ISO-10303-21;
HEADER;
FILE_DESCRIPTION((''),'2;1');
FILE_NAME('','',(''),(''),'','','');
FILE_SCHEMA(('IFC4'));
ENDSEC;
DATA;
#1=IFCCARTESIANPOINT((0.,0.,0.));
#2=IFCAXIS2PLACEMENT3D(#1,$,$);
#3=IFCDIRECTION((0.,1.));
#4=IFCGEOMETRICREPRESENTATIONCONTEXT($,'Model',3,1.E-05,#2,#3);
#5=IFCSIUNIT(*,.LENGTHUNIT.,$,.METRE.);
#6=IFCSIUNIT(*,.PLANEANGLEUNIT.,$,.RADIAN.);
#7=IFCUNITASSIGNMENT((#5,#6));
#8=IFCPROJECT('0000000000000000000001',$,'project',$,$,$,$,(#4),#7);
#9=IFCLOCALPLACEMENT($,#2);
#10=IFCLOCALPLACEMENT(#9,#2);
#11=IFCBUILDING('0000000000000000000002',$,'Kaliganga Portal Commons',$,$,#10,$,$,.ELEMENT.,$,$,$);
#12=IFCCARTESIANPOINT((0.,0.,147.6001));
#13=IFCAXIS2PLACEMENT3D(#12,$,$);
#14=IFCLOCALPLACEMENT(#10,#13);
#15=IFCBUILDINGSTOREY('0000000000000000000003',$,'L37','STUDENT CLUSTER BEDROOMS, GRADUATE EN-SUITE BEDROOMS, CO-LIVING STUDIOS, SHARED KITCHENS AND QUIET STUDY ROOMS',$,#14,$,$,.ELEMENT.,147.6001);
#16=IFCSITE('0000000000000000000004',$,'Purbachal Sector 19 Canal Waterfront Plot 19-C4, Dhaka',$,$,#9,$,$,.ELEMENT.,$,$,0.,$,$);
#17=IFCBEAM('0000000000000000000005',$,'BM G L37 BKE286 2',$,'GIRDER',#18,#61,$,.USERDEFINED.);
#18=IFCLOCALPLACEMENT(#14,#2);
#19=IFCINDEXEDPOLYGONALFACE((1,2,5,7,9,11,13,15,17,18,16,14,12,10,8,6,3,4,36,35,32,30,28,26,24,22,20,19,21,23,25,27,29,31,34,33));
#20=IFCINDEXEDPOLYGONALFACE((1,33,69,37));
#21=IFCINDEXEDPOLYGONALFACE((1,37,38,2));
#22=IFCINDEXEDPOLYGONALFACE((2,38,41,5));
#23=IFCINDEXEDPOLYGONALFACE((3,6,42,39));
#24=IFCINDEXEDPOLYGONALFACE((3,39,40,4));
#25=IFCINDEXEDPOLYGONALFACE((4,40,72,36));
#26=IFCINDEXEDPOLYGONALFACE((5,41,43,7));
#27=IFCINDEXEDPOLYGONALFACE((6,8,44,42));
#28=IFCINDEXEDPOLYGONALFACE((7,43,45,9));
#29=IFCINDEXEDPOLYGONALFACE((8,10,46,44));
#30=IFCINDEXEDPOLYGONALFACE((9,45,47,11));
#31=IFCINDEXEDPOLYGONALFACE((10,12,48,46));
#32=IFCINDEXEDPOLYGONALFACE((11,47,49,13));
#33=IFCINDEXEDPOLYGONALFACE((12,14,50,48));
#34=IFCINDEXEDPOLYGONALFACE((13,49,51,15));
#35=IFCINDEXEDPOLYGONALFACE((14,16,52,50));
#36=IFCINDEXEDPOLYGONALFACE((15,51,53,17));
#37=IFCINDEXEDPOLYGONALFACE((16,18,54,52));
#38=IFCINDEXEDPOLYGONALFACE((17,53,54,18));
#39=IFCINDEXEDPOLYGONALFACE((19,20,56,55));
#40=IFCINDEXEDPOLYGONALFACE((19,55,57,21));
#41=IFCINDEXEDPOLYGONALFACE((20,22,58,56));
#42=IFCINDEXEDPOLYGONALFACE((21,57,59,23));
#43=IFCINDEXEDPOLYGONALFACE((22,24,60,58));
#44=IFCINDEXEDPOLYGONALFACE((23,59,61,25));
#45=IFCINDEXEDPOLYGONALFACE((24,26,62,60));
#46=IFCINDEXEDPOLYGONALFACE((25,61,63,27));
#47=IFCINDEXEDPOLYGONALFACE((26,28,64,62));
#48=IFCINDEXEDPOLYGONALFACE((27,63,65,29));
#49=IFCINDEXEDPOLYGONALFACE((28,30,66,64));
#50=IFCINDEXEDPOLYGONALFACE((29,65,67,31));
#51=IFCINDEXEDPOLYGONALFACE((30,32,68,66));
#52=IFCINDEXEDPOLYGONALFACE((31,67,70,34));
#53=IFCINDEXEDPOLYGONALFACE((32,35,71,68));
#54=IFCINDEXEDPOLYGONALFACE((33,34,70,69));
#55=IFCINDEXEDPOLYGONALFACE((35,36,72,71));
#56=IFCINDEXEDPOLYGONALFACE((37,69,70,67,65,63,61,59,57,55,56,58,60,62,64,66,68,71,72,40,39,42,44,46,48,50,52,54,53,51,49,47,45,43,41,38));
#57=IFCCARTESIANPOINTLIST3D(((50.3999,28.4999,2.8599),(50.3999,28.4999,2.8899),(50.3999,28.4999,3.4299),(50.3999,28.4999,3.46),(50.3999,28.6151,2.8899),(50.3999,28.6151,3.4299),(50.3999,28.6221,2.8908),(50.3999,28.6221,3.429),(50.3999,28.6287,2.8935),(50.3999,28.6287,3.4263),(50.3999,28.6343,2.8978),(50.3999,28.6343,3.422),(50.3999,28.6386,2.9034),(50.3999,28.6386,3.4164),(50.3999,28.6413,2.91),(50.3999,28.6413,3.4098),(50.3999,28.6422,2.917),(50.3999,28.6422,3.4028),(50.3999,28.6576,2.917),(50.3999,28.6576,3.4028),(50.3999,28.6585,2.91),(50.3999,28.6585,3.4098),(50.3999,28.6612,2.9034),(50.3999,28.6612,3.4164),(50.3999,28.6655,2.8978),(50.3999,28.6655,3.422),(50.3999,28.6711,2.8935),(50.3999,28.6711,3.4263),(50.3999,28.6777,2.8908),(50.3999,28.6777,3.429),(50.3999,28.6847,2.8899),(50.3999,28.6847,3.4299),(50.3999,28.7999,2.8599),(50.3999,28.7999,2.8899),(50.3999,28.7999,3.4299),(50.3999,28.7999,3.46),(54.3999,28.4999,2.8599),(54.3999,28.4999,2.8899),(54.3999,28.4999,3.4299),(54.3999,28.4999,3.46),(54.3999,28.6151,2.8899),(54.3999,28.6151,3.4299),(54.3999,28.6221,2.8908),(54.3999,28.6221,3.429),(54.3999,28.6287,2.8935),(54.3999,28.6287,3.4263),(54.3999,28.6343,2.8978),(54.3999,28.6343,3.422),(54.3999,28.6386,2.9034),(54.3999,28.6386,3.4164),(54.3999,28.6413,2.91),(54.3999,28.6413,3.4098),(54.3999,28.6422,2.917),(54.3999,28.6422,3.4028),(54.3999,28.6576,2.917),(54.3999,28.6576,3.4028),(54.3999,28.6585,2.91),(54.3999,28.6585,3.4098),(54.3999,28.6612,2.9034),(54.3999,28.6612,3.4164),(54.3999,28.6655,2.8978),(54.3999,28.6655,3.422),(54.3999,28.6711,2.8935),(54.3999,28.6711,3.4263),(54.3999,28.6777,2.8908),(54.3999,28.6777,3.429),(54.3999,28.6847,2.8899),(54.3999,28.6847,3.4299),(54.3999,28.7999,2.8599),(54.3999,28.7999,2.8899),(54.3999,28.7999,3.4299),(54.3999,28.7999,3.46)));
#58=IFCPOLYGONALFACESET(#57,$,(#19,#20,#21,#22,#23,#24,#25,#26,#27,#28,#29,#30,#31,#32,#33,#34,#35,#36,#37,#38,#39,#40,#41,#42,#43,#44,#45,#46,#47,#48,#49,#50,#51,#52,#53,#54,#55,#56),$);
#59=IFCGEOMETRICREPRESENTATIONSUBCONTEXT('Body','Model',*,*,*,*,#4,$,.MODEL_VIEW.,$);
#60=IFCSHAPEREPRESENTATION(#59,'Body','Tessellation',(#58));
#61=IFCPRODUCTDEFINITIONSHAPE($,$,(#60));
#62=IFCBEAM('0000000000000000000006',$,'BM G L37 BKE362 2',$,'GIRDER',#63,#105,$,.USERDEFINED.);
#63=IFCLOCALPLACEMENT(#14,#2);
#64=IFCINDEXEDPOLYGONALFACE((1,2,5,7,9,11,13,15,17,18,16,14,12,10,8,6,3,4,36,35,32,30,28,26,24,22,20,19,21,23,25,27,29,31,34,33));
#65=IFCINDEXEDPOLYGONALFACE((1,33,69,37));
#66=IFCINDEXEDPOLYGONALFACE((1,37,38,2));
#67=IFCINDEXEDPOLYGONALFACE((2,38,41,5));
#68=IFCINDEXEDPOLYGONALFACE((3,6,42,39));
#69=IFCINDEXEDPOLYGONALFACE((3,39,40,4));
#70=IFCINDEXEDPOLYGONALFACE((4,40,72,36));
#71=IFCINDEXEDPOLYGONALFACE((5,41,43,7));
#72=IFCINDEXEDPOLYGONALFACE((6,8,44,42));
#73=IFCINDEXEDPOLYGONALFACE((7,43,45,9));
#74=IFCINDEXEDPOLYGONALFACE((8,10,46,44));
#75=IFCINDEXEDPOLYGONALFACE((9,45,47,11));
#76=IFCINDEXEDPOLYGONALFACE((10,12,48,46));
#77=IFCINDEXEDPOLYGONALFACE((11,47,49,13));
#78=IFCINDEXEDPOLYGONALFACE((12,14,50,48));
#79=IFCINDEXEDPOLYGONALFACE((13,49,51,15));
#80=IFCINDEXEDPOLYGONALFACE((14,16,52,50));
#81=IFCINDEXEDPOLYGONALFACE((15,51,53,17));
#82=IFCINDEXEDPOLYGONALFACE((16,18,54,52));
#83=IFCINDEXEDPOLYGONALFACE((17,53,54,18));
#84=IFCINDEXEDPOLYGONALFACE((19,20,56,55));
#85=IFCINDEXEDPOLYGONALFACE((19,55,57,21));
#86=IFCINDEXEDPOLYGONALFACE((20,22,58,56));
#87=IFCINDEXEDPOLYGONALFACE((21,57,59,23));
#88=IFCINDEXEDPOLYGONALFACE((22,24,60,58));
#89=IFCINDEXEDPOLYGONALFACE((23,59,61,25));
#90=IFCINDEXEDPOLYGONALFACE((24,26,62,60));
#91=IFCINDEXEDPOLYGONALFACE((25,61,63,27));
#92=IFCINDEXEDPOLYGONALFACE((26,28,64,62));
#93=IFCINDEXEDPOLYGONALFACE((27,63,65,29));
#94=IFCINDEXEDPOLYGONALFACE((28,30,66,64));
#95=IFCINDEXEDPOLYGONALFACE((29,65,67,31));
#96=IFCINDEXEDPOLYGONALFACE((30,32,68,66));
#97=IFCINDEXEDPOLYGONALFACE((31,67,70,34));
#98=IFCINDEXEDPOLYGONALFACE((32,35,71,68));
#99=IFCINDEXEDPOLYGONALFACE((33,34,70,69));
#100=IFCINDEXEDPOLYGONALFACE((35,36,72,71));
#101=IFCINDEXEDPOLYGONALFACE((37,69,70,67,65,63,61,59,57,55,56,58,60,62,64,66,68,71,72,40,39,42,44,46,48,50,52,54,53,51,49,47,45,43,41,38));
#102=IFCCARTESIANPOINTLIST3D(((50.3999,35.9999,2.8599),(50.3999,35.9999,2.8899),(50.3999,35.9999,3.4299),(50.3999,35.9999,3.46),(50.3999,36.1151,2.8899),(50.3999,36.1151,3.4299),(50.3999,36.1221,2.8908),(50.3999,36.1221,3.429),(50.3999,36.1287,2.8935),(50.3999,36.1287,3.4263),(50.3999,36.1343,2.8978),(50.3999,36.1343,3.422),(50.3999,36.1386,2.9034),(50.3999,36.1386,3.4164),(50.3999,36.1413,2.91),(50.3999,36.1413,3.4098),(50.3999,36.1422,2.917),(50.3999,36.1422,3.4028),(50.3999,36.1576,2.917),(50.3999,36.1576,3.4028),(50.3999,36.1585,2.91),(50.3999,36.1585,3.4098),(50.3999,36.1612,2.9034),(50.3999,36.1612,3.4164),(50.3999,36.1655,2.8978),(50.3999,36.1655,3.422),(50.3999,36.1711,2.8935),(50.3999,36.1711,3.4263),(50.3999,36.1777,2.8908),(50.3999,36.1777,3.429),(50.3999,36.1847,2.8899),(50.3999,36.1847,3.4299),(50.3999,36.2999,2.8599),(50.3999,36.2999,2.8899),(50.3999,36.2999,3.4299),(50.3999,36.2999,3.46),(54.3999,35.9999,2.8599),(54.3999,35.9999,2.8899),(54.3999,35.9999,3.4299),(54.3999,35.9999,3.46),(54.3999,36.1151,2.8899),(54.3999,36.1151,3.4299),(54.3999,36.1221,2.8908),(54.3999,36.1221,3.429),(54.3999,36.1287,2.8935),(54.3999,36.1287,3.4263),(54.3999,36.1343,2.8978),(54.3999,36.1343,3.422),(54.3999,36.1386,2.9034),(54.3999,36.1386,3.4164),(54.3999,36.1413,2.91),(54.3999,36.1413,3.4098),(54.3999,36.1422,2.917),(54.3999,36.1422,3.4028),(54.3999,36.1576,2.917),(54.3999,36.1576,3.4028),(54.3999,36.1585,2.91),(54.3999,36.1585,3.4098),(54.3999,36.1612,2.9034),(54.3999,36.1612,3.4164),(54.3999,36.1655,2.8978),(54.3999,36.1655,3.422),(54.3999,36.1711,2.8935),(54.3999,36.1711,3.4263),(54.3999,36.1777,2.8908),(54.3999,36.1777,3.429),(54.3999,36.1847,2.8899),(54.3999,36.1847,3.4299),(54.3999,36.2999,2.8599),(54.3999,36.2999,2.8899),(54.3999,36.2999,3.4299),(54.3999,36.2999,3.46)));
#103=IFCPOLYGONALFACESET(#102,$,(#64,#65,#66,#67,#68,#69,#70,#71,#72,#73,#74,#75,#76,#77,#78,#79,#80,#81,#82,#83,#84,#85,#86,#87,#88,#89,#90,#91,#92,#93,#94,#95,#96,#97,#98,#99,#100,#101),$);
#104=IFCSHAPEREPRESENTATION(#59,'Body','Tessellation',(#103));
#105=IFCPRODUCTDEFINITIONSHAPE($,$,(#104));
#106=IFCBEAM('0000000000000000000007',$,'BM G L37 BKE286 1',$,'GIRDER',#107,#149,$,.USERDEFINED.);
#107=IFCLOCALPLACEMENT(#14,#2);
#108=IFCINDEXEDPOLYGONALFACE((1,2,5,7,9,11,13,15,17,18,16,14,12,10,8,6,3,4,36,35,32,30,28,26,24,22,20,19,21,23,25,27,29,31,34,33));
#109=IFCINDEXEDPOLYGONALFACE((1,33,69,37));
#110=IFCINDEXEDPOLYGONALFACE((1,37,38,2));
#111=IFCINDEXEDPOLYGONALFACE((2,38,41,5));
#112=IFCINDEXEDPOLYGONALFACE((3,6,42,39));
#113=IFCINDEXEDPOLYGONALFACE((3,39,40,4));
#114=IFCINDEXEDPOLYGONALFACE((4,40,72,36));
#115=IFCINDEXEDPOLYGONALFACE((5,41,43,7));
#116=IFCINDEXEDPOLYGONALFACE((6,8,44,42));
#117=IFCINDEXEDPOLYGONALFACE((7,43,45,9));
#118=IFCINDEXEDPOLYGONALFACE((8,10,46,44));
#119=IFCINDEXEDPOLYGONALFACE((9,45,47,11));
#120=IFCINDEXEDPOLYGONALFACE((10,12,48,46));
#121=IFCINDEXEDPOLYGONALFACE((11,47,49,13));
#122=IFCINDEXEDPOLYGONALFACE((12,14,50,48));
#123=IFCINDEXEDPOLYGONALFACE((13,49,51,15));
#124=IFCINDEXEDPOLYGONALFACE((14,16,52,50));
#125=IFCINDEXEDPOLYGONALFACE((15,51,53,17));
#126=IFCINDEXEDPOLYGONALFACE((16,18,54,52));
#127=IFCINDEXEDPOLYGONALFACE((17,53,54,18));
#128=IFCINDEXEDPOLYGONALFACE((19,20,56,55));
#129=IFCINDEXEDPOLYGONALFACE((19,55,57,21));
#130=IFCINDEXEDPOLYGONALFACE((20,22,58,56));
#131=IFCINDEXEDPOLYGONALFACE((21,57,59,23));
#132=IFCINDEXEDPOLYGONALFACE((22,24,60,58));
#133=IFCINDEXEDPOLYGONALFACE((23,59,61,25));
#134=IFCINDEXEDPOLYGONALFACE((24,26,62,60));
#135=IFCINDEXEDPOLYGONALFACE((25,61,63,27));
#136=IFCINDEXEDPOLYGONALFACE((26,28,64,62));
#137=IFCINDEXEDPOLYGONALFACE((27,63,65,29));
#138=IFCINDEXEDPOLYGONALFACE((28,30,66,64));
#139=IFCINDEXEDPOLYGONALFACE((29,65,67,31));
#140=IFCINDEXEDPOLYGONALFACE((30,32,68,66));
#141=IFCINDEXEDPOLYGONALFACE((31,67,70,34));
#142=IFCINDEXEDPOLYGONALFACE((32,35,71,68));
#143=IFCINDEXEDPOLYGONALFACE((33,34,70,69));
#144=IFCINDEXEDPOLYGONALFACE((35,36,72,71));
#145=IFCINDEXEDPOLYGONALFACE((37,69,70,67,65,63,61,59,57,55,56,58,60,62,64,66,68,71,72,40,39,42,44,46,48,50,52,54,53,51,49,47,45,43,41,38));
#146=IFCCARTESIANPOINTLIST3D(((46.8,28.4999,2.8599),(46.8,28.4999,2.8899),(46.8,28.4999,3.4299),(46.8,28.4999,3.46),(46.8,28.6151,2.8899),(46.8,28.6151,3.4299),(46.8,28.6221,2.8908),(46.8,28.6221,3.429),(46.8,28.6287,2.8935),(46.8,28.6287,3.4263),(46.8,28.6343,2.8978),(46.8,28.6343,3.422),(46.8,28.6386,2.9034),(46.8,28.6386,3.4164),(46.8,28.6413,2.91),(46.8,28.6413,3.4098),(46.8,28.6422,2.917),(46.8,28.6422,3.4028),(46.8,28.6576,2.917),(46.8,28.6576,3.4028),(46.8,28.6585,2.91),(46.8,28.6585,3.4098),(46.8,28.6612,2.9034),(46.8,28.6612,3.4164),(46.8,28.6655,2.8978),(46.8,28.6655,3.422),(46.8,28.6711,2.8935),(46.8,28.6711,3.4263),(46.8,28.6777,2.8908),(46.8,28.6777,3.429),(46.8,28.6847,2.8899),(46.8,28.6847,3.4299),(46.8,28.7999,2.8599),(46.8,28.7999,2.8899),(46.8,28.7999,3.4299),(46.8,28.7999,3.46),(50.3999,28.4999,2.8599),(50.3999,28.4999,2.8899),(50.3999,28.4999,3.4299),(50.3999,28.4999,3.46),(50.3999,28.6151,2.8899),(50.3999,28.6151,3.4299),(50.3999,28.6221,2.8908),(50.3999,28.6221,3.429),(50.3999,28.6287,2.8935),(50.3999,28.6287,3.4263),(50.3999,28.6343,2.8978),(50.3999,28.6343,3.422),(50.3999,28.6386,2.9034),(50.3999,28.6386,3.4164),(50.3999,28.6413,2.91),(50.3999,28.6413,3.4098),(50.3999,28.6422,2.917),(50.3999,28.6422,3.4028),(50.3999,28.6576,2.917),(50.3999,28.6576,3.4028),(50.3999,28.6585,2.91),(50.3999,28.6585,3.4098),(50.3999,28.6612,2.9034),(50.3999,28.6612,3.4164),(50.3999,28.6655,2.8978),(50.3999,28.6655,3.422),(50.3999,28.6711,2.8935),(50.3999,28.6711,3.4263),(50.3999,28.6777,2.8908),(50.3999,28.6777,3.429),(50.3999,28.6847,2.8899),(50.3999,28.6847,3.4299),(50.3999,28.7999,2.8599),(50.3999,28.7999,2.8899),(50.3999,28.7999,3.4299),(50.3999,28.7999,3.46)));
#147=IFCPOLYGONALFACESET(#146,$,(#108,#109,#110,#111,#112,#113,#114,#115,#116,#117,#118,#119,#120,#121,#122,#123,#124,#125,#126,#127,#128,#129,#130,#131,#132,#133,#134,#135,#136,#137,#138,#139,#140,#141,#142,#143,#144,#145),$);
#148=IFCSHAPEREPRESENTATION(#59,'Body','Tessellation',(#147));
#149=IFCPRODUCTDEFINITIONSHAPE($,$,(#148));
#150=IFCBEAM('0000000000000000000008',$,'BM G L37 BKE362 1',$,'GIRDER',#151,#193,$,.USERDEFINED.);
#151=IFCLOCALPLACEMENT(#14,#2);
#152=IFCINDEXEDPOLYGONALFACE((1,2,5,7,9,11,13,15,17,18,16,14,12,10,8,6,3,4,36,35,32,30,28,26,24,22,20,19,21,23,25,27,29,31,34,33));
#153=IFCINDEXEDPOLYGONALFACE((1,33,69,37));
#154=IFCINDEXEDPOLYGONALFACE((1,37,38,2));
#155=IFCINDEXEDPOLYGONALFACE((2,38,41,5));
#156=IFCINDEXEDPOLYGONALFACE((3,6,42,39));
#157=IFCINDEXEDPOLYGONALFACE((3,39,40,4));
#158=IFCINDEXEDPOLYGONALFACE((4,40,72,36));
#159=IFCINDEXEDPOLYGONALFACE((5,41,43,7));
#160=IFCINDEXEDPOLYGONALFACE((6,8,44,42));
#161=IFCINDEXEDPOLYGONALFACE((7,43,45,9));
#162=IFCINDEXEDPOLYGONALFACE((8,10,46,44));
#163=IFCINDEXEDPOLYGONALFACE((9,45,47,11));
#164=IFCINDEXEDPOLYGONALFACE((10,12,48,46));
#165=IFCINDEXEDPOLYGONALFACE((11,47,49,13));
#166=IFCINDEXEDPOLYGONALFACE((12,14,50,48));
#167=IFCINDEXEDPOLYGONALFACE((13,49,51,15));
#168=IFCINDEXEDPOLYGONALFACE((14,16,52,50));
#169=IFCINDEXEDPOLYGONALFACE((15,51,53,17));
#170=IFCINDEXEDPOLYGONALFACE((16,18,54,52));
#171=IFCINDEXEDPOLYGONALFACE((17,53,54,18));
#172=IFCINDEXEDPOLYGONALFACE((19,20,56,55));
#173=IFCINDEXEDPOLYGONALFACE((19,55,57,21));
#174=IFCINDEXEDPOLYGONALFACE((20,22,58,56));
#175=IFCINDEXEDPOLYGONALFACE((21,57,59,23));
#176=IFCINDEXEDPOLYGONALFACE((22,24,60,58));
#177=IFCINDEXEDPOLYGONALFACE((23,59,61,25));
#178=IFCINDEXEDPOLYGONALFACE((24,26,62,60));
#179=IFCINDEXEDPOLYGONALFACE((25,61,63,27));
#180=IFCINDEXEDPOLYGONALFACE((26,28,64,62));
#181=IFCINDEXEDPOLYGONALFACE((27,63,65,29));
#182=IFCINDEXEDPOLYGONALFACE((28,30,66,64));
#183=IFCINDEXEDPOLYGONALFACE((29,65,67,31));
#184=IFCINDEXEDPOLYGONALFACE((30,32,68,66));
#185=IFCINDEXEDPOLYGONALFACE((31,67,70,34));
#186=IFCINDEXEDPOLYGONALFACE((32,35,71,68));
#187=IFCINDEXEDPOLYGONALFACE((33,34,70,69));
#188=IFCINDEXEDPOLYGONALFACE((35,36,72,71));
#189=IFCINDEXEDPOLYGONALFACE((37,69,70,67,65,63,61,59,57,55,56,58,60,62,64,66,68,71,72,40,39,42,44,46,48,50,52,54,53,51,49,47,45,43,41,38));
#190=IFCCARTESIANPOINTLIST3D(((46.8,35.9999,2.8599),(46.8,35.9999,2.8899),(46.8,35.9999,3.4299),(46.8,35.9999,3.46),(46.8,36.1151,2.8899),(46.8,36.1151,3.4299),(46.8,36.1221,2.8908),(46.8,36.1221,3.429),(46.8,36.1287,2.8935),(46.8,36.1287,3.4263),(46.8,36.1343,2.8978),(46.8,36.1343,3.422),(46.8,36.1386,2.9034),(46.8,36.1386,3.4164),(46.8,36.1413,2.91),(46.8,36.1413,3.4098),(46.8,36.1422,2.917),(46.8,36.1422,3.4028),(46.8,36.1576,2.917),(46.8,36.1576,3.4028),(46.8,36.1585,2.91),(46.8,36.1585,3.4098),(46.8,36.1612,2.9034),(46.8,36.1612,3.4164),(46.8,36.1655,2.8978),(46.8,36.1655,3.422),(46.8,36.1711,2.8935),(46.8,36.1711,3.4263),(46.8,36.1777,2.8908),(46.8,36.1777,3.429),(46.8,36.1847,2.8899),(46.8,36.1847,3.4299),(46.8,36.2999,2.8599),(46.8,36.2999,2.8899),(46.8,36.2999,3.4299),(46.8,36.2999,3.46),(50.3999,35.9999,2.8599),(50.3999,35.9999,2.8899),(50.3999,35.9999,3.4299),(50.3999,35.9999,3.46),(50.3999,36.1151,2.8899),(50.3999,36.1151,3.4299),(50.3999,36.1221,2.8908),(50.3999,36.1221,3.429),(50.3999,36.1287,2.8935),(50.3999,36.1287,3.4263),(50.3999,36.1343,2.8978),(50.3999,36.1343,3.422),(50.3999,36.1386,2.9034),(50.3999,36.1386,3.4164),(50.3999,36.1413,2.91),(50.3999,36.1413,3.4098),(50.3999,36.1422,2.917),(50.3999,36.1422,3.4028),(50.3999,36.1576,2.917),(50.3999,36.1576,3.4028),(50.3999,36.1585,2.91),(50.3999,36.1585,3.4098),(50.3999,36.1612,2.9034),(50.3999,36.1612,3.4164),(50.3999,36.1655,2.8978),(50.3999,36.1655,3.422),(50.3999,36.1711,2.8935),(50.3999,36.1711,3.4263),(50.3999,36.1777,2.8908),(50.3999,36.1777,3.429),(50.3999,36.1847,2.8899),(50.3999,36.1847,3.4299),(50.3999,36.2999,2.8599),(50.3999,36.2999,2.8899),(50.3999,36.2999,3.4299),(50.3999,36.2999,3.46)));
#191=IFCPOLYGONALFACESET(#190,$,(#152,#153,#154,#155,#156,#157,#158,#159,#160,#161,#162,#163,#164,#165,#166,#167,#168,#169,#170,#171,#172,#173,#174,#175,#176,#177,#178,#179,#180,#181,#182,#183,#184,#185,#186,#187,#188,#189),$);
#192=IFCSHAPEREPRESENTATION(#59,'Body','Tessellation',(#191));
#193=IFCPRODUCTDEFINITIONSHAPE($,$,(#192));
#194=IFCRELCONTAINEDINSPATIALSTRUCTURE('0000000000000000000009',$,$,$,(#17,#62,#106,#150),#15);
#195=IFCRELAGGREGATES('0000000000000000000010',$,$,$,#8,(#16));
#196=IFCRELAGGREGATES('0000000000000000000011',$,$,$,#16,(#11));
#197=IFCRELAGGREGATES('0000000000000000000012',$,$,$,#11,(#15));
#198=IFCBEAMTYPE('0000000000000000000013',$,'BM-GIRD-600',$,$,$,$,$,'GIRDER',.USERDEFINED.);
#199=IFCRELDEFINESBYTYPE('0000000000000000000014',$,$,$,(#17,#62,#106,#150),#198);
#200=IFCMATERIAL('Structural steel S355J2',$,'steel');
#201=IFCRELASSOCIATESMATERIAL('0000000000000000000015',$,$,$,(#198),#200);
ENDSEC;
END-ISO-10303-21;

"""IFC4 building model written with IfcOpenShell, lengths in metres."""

from ifc_helpers import new_model, si_unit, direction, frame, origin, origin_2d, place, context, subcontext, project, spatial, i_section, extrude, source, transform, mapped, material, material_profile, profile_set, type_object, element, save


model = new_model("IFC4")

# Units and contexts
model_context = context("Model", 3, precision=1e-05, world=origin(), true_north=direction((0.0, 1.0)))
body_context = subcontext(model_context, "Body", "Model", "MODEL_VIEW")
ifc_project = project(units=[si_unit("LENGTHUNIT", "METRE"), si_unit("PLANEANGLEUNIT", "RADIAN")], contexts=[model_context])

# Site, building, storey
site_placement = place(None, origin())
site = spatial("IfcSite", under=ifc_project, at=site_placement, Name="Purbachal Sector 19 Canal Waterfront Plot 19-C4, Dhaka", CompositionType="ELEMENT", RefElevation=0.0)
building_placement = place(site_placement, origin())
building = spatial("IfcBuilding", under=site, at=building_placement, Name="Kaliganga Portal Commons", CompositionType="ELEMENT")
storey_placement = place(building_placement, frame((0.0, 0.0, 147.6001)))
storey = spatial("IfcBuildingStorey", under=building, at=storey_placement, Name="L37", Description="STUDENT CLUSTER BEDROOMS, GRADUATE EN-SUITE BEDROOMS, CO-LIVING STUDIOS, SHARED KITCHENS AND QUIET STUDY ROOMS", CompositionType="ELEMENT", Elevation=147.6001)

# Beams
ifc_material_1 = material(Name="Structural steel S355J2", Category="steel")
ifc_material_profile_1 = material_profile(ifc_material_1, i_section(OverallWidth=0.3, OverallDepth=0.6001, WebThickness=0.0154, FlangeThickness=0.03, FilletRadius=0.0271, at=origin_2d()), Name="HE 600 B")
ifc_profile_set_1 = profile_set([ifc_material_profile_1], Name="Structural steel S355J2 wide-flange")
beam_type_1 = type_object("IfcBeamType", Name="BM-GIRD-600", ElementType="GIRDER", PredefinedType="USERDEFINED", material=ifc_profile_set_1)
shared_shape_1 = source(origin(), body_context, "Body", "SweptSolid", [
    extrude(i_section(OverallWidth=0.3, OverallDepth=0.6001, WebThickness=0.0154, FlangeThickness=0.03, FilletRadius=0.0271, at=origin_2d()), origin(), (0.0, 0.0, 1.0), 4.0),
])
for number, where, z_axis, x_axis, name in (
    (1, (50.3999, 28.6499, 3.1599), (1.0, 0.0, 0.0), (0.0, 1.0, 0.0), "BM G L37 BKE286 2"),
    (2, (50.3999, 36.1499, 3.1599), (1.0, 0.0, 0.0), (0.0, 1.0, 0.0), "BM G L37 BKE362 2"),
):
    element("IfcBeam", number, at=place(storey_placement, frame(where, z_axis=z_axis, x_axis=x_axis)), inside=storey, type_object=beam_type_1, Name=name, ObjectType="GIRDER", PredefinedType="USERDEFINED", context=body_context, shape_type="MappedRepresentation", body=[
        mapped(shared_shape_1, transform((0.0, 0.0, 0.0), x_axis=(1.0, 0.0, 0.0), y_axis=(0.0, 1.0, 0.0), z_axis=(0.0, 0.0, 1.0), scale=1.0)),
    ])
shared_shape_2 = source(origin(), body_context, "Body", "SweptSolid", [
    extrude(i_section(OverallWidth=0.3, OverallDepth=0.6001, WebThickness=0.0154, FlangeThickness=0.03, FilletRadius=0.0271, at=origin_2d()), origin(), (0.0, 0.0, 1.0), 3.5999),
])
for number, where, z_axis, x_axis, name in (
    (3, (46.8, 28.6499, 3.1599), (1.0, 0.0, 0.0), (0.0, 1.0, 0.0), "BM G L37 BKE286 1"),
    (4, (46.8, 36.1499, 3.1599), (1.0, 0.0, 0.0), (0.0, 1.0, 0.0), "BM G L37 BKE362 1"),
):
    element("IfcBeam", number, at=place(storey_placement, frame(where, z_axis=z_axis, x_axis=x_axis)), inside=storey, type_object=beam_type_1, Name=name, ObjectType="GIRDER", PredefinedType="USERDEFINED", context=body_context, shape_type="MappedRepresentation", body=[
        mapped(shared_shape_2, transform((0.0, 0.0, 0.0), x_axis=(1.0, 0.0, 0.0), y_axis=(0.0, 1.0, 0.0), z_axis=(0.0, 0.0, 1.0), scale=1.0)),
    ])

save(model, "model.ifc")
